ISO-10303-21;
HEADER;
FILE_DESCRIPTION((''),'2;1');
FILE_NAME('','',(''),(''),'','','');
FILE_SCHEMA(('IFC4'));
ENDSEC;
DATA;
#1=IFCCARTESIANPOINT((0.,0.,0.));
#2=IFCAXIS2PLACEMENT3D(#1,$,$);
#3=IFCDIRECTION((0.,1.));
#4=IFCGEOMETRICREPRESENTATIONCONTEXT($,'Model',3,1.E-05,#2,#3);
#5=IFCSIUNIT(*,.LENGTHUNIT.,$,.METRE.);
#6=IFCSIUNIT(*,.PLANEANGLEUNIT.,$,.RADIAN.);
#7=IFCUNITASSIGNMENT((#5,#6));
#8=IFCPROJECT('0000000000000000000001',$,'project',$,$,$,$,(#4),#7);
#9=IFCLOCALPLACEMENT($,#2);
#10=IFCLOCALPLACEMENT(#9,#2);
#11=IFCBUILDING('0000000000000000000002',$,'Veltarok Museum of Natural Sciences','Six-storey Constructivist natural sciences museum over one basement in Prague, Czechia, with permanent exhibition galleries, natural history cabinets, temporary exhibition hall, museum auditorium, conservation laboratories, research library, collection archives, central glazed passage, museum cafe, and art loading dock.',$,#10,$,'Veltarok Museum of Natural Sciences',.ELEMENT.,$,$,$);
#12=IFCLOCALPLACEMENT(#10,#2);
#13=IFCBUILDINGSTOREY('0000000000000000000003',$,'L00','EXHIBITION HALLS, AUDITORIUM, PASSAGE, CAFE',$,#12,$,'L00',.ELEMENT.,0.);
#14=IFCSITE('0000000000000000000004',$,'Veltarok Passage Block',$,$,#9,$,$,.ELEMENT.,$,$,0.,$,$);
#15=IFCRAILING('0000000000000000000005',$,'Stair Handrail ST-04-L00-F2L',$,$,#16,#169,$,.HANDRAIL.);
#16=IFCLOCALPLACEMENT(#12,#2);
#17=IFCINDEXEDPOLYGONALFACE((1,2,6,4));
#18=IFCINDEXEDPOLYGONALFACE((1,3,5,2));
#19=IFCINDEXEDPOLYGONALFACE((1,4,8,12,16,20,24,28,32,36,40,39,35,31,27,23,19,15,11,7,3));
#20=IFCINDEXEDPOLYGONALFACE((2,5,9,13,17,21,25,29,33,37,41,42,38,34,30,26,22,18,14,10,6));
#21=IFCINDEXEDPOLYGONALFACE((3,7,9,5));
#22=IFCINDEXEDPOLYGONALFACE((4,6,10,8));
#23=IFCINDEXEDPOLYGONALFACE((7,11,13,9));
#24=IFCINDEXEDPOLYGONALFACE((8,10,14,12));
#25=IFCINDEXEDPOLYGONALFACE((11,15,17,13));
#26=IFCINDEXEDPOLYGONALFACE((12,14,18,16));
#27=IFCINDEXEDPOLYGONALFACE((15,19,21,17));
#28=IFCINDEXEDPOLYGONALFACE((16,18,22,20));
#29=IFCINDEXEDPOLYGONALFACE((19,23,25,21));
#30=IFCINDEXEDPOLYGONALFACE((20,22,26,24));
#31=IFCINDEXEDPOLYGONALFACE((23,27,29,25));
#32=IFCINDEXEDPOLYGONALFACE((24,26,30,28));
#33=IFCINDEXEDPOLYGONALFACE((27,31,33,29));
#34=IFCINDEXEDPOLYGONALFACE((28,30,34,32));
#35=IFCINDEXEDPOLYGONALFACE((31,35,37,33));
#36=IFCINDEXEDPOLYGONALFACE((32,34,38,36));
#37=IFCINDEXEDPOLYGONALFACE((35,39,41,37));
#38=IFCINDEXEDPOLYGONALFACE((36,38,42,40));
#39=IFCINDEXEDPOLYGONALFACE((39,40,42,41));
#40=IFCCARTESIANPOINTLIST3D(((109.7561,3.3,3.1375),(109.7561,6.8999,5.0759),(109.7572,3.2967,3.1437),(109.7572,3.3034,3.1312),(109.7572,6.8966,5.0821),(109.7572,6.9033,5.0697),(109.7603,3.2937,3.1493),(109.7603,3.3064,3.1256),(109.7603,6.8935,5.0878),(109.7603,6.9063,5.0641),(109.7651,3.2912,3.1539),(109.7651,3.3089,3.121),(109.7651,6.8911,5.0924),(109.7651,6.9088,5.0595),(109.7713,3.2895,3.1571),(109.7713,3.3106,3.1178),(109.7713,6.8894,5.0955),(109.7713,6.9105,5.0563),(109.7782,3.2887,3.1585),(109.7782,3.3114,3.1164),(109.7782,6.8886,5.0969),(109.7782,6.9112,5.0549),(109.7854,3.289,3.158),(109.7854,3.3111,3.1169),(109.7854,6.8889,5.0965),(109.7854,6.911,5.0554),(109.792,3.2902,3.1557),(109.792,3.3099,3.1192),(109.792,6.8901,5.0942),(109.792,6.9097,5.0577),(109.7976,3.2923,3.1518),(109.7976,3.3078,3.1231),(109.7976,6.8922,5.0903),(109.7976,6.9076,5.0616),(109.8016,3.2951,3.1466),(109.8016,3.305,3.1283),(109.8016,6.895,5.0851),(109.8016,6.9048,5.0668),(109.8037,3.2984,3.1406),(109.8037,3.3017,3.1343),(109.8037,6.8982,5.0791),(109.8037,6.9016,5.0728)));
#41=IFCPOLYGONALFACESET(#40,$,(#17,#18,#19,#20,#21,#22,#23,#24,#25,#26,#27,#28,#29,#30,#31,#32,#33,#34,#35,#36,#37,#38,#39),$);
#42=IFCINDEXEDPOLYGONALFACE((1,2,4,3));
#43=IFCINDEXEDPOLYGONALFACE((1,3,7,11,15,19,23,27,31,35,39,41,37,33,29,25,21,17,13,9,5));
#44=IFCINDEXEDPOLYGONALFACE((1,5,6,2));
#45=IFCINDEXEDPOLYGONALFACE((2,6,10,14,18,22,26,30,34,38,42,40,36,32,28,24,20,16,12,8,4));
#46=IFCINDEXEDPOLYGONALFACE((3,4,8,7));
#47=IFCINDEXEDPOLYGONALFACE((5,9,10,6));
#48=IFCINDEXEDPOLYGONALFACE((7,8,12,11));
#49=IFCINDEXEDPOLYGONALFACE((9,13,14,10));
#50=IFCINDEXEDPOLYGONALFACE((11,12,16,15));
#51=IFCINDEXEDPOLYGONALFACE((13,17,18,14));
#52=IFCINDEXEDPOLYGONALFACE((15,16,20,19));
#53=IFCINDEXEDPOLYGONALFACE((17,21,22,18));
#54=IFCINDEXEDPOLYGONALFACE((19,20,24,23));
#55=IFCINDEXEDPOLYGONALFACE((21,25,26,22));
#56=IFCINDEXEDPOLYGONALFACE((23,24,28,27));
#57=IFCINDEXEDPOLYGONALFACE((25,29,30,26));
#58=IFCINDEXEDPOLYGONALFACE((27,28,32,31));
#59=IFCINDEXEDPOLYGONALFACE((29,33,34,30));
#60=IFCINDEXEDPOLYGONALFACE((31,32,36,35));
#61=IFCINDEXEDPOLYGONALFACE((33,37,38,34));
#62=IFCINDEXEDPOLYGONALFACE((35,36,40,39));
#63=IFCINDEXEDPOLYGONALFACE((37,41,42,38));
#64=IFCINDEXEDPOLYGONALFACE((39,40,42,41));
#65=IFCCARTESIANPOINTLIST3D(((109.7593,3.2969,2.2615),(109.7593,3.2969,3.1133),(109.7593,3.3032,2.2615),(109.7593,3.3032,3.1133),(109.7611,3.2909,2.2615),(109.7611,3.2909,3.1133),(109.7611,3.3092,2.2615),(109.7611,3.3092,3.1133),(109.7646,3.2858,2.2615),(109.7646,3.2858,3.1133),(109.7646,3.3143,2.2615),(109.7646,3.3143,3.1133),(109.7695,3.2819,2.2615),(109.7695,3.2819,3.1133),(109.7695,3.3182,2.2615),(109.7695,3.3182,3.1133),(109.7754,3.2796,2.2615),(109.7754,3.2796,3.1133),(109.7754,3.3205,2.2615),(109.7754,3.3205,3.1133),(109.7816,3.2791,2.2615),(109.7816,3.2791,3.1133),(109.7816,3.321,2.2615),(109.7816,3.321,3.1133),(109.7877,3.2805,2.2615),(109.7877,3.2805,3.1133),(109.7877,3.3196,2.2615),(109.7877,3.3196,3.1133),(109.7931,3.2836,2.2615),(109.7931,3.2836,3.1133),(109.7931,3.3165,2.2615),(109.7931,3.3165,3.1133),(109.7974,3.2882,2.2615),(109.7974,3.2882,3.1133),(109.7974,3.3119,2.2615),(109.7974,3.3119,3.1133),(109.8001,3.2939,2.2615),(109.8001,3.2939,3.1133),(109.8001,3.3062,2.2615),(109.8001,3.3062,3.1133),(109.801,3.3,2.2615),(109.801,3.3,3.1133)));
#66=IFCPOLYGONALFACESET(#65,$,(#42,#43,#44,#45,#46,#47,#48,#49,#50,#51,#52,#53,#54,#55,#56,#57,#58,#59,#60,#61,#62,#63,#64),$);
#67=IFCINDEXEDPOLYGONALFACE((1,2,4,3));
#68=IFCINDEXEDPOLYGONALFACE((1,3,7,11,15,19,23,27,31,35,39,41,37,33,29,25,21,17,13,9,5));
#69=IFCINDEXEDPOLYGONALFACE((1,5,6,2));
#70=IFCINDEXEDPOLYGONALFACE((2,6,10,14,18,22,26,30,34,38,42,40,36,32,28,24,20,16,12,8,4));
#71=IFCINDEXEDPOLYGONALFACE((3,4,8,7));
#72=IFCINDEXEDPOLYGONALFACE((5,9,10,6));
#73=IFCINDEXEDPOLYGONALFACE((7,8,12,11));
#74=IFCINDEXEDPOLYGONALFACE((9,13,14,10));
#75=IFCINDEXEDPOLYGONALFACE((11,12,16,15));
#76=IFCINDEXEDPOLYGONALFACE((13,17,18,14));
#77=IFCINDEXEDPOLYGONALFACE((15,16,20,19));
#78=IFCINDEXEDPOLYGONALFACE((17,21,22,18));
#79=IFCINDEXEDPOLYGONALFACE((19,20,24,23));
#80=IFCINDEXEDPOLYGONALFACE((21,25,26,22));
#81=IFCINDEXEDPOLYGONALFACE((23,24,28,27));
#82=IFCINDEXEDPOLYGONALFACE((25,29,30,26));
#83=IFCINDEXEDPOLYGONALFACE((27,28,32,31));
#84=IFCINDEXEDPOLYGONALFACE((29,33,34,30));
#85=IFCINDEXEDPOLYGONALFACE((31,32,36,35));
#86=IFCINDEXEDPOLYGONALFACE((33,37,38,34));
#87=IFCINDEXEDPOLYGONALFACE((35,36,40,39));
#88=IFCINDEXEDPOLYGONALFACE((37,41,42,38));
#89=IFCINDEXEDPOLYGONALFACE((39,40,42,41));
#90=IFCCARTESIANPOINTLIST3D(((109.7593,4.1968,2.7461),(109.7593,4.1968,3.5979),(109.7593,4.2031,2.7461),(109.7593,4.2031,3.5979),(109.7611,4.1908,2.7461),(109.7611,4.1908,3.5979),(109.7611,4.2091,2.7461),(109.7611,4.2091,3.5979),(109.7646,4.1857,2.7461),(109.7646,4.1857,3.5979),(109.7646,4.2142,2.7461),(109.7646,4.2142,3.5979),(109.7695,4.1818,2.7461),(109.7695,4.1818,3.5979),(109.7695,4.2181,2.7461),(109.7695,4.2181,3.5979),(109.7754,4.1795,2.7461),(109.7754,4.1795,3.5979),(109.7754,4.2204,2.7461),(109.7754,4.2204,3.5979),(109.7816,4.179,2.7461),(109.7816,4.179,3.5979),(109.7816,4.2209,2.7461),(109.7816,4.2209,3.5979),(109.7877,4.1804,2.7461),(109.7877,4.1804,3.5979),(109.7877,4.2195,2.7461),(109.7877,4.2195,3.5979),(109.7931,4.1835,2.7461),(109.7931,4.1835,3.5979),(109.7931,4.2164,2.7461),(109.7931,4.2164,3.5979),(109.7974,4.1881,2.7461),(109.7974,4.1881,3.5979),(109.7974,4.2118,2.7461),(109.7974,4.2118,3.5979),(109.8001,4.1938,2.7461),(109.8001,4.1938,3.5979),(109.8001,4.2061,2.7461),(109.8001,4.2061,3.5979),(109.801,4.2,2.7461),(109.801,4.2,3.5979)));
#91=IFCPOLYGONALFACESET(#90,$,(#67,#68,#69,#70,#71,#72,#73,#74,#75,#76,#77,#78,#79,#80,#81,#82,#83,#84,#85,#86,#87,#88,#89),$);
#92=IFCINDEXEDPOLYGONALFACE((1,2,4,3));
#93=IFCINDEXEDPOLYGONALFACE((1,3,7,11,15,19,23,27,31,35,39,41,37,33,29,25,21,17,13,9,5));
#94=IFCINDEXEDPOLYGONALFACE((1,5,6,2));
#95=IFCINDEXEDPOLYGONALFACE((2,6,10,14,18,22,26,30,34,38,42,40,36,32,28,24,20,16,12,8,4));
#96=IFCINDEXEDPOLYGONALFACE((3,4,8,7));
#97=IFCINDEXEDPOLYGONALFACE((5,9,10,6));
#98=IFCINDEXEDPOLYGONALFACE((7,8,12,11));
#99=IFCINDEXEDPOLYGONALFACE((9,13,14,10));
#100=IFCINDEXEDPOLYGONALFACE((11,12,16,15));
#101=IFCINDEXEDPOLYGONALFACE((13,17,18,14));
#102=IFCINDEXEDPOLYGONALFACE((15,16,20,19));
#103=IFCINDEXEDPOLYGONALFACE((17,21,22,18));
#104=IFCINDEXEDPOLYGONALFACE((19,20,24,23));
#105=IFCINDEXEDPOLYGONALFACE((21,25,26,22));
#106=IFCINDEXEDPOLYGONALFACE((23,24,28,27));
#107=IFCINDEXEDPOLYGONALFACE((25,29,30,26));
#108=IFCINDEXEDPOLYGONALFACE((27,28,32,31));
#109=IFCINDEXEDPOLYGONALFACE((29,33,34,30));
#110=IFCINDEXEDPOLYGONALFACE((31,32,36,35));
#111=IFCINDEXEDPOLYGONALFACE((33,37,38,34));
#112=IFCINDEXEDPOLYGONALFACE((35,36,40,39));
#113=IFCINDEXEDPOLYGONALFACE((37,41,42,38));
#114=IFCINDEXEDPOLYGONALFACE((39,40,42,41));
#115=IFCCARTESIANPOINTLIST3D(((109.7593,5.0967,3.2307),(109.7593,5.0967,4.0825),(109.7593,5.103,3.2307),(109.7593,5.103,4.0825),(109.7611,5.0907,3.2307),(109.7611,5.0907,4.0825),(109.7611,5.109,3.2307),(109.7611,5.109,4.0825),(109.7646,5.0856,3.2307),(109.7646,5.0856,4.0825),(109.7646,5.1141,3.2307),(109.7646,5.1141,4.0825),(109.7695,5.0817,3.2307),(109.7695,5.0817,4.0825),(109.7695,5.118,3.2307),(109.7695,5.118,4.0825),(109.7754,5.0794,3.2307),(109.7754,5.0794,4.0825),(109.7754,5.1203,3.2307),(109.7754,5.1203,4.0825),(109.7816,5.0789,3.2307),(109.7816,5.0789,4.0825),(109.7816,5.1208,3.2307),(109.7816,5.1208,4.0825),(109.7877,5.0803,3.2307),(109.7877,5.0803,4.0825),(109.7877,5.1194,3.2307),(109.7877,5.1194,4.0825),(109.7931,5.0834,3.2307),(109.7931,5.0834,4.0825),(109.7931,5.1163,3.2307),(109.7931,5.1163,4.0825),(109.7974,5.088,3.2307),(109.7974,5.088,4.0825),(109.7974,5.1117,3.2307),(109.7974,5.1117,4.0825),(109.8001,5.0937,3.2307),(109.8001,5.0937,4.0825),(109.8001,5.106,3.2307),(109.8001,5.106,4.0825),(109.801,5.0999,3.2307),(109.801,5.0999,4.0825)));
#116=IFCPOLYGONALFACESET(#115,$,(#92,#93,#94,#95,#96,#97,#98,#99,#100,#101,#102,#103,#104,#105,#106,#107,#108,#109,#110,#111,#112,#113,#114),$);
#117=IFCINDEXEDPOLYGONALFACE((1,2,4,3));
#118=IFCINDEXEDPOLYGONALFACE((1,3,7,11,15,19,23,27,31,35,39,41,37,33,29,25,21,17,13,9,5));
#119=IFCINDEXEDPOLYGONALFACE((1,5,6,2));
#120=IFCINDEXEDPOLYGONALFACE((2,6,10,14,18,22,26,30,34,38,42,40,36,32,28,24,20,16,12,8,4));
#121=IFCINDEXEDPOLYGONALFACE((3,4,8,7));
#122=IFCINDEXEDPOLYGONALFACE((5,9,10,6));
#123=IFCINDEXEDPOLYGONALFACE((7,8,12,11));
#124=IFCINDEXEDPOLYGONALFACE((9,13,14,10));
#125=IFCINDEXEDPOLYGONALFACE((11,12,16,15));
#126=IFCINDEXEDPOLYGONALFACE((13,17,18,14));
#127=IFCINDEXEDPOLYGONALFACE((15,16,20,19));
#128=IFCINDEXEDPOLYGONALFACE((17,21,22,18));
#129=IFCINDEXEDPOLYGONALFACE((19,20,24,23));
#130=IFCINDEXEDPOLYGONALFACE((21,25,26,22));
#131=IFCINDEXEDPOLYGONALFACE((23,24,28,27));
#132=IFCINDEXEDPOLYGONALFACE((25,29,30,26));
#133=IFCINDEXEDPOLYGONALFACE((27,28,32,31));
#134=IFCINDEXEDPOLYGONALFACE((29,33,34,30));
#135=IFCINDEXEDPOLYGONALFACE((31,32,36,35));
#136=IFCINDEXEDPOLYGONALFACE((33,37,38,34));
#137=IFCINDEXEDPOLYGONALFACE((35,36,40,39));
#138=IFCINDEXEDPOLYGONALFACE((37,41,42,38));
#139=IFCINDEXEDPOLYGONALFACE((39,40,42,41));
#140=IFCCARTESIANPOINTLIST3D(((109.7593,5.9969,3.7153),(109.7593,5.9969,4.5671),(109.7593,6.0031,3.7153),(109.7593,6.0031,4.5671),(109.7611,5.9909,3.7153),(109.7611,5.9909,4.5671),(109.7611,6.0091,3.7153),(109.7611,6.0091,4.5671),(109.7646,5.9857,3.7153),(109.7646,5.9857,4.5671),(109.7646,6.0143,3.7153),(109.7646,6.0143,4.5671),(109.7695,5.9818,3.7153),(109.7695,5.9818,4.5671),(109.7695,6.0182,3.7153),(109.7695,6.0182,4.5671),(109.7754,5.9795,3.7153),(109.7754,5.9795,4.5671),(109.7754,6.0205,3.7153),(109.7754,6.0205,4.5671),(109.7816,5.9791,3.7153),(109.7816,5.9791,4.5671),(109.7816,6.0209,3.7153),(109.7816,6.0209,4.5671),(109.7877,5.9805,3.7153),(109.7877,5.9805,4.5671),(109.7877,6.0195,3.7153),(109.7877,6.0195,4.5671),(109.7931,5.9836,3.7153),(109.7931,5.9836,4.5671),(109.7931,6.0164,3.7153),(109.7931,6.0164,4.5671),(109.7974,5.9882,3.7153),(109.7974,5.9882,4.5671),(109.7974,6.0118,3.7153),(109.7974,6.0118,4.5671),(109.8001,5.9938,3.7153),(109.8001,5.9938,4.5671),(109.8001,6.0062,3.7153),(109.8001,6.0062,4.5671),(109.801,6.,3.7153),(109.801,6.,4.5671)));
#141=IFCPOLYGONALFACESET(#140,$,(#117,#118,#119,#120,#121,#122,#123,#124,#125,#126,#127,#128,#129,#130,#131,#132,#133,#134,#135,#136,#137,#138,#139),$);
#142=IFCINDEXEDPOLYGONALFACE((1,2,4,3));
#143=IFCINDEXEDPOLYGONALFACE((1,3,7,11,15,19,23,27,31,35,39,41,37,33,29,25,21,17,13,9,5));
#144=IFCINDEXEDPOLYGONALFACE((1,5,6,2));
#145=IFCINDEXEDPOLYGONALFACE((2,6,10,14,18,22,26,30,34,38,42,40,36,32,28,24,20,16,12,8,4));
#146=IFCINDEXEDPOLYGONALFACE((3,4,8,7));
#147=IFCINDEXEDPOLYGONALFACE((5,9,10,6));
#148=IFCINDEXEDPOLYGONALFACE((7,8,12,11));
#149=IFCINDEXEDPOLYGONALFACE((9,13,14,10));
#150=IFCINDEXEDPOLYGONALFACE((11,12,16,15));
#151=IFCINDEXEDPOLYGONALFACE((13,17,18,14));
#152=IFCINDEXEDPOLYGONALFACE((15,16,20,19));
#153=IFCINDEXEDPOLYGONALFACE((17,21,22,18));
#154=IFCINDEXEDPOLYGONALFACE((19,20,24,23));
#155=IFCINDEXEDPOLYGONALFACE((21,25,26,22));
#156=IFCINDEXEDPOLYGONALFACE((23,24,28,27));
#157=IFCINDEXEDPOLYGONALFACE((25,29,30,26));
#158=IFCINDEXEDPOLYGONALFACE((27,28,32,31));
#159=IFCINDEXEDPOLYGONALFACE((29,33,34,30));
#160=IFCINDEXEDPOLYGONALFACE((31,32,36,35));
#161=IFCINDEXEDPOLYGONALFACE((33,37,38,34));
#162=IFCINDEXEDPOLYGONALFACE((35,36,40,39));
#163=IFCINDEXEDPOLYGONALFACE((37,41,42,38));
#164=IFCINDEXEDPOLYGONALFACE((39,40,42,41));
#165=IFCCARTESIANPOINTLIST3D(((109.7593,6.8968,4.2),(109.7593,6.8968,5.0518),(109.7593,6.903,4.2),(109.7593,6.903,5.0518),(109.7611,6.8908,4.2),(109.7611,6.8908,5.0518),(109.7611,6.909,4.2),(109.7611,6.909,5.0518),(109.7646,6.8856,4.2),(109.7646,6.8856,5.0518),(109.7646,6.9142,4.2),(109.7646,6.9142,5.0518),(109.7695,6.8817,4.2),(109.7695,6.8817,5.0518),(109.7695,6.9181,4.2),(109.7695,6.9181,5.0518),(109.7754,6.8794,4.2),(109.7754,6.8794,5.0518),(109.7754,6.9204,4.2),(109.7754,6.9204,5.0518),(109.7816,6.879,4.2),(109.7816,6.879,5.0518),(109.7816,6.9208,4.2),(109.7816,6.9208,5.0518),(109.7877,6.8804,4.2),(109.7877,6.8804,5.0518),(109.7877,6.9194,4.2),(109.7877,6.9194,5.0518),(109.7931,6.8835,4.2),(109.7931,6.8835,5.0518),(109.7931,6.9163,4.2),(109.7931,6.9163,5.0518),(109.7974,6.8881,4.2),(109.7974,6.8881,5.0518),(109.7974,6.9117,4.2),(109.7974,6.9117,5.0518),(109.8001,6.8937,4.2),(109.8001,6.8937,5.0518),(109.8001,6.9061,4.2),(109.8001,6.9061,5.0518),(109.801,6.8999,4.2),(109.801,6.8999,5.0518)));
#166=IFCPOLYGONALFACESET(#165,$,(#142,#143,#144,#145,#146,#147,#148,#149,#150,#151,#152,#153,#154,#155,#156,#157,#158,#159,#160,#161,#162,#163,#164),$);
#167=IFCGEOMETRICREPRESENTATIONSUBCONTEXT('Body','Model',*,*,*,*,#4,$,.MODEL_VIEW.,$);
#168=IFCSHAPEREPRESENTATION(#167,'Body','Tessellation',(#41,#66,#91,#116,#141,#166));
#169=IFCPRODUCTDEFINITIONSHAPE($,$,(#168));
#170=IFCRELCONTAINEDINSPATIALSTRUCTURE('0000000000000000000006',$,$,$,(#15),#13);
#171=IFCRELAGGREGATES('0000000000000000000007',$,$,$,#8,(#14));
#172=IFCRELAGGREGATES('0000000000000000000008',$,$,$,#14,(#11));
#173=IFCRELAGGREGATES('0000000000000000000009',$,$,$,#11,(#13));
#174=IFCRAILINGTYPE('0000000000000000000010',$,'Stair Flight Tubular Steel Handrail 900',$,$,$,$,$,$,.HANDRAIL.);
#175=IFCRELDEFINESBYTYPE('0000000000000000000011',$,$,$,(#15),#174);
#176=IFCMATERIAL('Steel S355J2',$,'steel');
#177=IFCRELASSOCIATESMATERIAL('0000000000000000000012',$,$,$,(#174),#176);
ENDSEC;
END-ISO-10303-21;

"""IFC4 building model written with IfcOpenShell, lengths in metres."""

from ifc_helpers import new_model, si_unit, direction, frame, origin, origin_2d, place, context, subcontext, project, spatial, circle, extrude, material, type_object, element, save


model = new_model("IFC4")

# Units and contexts
model_context = context("Model", 3, precision=1e-05, world=origin(), true_north=direction((0.0, 1.0)))
body_context = subcontext(model_context, "Body", "Model", "MODEL_VIEW")
ifc_project = project(units=[si_unit("LENGTHUNIT", "METRE"), si_unit("PLANEANGLEUNIT", "RADIAN")], contexts=[model_context])

# Site, building, storey
site_placement = place(None, origin())
site = spatial("IfcSite", under=ifc_project, at=site_placement, Name="Veltarok Passage Block", CompositionType="ELEMENT", RefElevation=0.0)
building_placement = place(site_placement, origin())
building = spatial("IfcBuilding", under=site, at=building_placement, Name="Veltarok Museum of Natural Sciences", Description="Six-storey Constructivist natural sciences museum over one basement in Prague, Czechia, with permanent exhibition galleries, natural history cabinets, temporary exhibition hall, museum auditorium, conservation laboratories, research library, collection archives, central glazed passage, museum cafe, and art loading dock.", LongName="Veltarok Museum of Natural Sciences", CompositionType="ELEMENT")
storey_placement = place(building_placement, origin())
storey = spatial("IfcBuildingStorey", under=building, at=storey_placement, Name="L00", Description="EXHIBITION HALLS, AUDITORIUM, PASSAGE, CAFE", LongName="L00", CompositionType="ELEMENT", Elevation=0.0)

# Shared definitions
ifc_material_1 = material(Name="Steel S355J2", Category="steel")

# Railing
railing_type = type_object("IfcRailingType", Name="Stair Flight Tubular Steel Handrail 900", PredefinedType="HANDRAIL", material=ifc_material_1)
railing_placement = place(storey_placement, frame((109.78, 3.3, 2.2615)))
element("IfcRailing", 1, at=railing_placement, inside=storey, type_object=railing_type, Name="Stair Handrail ST-04-L00-F2L", PredefinedType="HANDRAIL", context=body_context, shape_type="SweptSolid", body=[
    extrude(circle(Radius=0.0239, at=origin_2d()), frame((0.0, 0.0, 0.876), z_axis=(0.0, 0.880462, 0.474118), x_axis=(-1.0, 0.0, 0.0)), (0.0, 0.0, 1.0), 4.0886),
    extrude(circle(Radius=0.021, at=origin_2d()), origin(), (0.0, 0.0, 1.0), 0.8518),
    extrude(circle(Radius=0.021, at=origin_2d()), frame((0.0, 0.8999, 0.4846)), (0.0, 0.0, 1.0), 0.8518),
    extrude(circle(Radius=0.021, at=origin_2d()), frame((0.0, 1.7998, 0.9692)), (0.0, 0.0, 1.0), 0.8518),
    extrude(circle(Radius=0.021, at=origin_2d()), frame((0.0, 2.7, 1.4539)), (0.0, 0.0, 1.0), 0.8518),
    extrude(circle(Radius=0.021, at=origin_2d()), frame((0.0, 3.5999, 1.9385)), (0.0, 0.0, 1.0), 0.8518),
])

save(model, "model.ifc")
